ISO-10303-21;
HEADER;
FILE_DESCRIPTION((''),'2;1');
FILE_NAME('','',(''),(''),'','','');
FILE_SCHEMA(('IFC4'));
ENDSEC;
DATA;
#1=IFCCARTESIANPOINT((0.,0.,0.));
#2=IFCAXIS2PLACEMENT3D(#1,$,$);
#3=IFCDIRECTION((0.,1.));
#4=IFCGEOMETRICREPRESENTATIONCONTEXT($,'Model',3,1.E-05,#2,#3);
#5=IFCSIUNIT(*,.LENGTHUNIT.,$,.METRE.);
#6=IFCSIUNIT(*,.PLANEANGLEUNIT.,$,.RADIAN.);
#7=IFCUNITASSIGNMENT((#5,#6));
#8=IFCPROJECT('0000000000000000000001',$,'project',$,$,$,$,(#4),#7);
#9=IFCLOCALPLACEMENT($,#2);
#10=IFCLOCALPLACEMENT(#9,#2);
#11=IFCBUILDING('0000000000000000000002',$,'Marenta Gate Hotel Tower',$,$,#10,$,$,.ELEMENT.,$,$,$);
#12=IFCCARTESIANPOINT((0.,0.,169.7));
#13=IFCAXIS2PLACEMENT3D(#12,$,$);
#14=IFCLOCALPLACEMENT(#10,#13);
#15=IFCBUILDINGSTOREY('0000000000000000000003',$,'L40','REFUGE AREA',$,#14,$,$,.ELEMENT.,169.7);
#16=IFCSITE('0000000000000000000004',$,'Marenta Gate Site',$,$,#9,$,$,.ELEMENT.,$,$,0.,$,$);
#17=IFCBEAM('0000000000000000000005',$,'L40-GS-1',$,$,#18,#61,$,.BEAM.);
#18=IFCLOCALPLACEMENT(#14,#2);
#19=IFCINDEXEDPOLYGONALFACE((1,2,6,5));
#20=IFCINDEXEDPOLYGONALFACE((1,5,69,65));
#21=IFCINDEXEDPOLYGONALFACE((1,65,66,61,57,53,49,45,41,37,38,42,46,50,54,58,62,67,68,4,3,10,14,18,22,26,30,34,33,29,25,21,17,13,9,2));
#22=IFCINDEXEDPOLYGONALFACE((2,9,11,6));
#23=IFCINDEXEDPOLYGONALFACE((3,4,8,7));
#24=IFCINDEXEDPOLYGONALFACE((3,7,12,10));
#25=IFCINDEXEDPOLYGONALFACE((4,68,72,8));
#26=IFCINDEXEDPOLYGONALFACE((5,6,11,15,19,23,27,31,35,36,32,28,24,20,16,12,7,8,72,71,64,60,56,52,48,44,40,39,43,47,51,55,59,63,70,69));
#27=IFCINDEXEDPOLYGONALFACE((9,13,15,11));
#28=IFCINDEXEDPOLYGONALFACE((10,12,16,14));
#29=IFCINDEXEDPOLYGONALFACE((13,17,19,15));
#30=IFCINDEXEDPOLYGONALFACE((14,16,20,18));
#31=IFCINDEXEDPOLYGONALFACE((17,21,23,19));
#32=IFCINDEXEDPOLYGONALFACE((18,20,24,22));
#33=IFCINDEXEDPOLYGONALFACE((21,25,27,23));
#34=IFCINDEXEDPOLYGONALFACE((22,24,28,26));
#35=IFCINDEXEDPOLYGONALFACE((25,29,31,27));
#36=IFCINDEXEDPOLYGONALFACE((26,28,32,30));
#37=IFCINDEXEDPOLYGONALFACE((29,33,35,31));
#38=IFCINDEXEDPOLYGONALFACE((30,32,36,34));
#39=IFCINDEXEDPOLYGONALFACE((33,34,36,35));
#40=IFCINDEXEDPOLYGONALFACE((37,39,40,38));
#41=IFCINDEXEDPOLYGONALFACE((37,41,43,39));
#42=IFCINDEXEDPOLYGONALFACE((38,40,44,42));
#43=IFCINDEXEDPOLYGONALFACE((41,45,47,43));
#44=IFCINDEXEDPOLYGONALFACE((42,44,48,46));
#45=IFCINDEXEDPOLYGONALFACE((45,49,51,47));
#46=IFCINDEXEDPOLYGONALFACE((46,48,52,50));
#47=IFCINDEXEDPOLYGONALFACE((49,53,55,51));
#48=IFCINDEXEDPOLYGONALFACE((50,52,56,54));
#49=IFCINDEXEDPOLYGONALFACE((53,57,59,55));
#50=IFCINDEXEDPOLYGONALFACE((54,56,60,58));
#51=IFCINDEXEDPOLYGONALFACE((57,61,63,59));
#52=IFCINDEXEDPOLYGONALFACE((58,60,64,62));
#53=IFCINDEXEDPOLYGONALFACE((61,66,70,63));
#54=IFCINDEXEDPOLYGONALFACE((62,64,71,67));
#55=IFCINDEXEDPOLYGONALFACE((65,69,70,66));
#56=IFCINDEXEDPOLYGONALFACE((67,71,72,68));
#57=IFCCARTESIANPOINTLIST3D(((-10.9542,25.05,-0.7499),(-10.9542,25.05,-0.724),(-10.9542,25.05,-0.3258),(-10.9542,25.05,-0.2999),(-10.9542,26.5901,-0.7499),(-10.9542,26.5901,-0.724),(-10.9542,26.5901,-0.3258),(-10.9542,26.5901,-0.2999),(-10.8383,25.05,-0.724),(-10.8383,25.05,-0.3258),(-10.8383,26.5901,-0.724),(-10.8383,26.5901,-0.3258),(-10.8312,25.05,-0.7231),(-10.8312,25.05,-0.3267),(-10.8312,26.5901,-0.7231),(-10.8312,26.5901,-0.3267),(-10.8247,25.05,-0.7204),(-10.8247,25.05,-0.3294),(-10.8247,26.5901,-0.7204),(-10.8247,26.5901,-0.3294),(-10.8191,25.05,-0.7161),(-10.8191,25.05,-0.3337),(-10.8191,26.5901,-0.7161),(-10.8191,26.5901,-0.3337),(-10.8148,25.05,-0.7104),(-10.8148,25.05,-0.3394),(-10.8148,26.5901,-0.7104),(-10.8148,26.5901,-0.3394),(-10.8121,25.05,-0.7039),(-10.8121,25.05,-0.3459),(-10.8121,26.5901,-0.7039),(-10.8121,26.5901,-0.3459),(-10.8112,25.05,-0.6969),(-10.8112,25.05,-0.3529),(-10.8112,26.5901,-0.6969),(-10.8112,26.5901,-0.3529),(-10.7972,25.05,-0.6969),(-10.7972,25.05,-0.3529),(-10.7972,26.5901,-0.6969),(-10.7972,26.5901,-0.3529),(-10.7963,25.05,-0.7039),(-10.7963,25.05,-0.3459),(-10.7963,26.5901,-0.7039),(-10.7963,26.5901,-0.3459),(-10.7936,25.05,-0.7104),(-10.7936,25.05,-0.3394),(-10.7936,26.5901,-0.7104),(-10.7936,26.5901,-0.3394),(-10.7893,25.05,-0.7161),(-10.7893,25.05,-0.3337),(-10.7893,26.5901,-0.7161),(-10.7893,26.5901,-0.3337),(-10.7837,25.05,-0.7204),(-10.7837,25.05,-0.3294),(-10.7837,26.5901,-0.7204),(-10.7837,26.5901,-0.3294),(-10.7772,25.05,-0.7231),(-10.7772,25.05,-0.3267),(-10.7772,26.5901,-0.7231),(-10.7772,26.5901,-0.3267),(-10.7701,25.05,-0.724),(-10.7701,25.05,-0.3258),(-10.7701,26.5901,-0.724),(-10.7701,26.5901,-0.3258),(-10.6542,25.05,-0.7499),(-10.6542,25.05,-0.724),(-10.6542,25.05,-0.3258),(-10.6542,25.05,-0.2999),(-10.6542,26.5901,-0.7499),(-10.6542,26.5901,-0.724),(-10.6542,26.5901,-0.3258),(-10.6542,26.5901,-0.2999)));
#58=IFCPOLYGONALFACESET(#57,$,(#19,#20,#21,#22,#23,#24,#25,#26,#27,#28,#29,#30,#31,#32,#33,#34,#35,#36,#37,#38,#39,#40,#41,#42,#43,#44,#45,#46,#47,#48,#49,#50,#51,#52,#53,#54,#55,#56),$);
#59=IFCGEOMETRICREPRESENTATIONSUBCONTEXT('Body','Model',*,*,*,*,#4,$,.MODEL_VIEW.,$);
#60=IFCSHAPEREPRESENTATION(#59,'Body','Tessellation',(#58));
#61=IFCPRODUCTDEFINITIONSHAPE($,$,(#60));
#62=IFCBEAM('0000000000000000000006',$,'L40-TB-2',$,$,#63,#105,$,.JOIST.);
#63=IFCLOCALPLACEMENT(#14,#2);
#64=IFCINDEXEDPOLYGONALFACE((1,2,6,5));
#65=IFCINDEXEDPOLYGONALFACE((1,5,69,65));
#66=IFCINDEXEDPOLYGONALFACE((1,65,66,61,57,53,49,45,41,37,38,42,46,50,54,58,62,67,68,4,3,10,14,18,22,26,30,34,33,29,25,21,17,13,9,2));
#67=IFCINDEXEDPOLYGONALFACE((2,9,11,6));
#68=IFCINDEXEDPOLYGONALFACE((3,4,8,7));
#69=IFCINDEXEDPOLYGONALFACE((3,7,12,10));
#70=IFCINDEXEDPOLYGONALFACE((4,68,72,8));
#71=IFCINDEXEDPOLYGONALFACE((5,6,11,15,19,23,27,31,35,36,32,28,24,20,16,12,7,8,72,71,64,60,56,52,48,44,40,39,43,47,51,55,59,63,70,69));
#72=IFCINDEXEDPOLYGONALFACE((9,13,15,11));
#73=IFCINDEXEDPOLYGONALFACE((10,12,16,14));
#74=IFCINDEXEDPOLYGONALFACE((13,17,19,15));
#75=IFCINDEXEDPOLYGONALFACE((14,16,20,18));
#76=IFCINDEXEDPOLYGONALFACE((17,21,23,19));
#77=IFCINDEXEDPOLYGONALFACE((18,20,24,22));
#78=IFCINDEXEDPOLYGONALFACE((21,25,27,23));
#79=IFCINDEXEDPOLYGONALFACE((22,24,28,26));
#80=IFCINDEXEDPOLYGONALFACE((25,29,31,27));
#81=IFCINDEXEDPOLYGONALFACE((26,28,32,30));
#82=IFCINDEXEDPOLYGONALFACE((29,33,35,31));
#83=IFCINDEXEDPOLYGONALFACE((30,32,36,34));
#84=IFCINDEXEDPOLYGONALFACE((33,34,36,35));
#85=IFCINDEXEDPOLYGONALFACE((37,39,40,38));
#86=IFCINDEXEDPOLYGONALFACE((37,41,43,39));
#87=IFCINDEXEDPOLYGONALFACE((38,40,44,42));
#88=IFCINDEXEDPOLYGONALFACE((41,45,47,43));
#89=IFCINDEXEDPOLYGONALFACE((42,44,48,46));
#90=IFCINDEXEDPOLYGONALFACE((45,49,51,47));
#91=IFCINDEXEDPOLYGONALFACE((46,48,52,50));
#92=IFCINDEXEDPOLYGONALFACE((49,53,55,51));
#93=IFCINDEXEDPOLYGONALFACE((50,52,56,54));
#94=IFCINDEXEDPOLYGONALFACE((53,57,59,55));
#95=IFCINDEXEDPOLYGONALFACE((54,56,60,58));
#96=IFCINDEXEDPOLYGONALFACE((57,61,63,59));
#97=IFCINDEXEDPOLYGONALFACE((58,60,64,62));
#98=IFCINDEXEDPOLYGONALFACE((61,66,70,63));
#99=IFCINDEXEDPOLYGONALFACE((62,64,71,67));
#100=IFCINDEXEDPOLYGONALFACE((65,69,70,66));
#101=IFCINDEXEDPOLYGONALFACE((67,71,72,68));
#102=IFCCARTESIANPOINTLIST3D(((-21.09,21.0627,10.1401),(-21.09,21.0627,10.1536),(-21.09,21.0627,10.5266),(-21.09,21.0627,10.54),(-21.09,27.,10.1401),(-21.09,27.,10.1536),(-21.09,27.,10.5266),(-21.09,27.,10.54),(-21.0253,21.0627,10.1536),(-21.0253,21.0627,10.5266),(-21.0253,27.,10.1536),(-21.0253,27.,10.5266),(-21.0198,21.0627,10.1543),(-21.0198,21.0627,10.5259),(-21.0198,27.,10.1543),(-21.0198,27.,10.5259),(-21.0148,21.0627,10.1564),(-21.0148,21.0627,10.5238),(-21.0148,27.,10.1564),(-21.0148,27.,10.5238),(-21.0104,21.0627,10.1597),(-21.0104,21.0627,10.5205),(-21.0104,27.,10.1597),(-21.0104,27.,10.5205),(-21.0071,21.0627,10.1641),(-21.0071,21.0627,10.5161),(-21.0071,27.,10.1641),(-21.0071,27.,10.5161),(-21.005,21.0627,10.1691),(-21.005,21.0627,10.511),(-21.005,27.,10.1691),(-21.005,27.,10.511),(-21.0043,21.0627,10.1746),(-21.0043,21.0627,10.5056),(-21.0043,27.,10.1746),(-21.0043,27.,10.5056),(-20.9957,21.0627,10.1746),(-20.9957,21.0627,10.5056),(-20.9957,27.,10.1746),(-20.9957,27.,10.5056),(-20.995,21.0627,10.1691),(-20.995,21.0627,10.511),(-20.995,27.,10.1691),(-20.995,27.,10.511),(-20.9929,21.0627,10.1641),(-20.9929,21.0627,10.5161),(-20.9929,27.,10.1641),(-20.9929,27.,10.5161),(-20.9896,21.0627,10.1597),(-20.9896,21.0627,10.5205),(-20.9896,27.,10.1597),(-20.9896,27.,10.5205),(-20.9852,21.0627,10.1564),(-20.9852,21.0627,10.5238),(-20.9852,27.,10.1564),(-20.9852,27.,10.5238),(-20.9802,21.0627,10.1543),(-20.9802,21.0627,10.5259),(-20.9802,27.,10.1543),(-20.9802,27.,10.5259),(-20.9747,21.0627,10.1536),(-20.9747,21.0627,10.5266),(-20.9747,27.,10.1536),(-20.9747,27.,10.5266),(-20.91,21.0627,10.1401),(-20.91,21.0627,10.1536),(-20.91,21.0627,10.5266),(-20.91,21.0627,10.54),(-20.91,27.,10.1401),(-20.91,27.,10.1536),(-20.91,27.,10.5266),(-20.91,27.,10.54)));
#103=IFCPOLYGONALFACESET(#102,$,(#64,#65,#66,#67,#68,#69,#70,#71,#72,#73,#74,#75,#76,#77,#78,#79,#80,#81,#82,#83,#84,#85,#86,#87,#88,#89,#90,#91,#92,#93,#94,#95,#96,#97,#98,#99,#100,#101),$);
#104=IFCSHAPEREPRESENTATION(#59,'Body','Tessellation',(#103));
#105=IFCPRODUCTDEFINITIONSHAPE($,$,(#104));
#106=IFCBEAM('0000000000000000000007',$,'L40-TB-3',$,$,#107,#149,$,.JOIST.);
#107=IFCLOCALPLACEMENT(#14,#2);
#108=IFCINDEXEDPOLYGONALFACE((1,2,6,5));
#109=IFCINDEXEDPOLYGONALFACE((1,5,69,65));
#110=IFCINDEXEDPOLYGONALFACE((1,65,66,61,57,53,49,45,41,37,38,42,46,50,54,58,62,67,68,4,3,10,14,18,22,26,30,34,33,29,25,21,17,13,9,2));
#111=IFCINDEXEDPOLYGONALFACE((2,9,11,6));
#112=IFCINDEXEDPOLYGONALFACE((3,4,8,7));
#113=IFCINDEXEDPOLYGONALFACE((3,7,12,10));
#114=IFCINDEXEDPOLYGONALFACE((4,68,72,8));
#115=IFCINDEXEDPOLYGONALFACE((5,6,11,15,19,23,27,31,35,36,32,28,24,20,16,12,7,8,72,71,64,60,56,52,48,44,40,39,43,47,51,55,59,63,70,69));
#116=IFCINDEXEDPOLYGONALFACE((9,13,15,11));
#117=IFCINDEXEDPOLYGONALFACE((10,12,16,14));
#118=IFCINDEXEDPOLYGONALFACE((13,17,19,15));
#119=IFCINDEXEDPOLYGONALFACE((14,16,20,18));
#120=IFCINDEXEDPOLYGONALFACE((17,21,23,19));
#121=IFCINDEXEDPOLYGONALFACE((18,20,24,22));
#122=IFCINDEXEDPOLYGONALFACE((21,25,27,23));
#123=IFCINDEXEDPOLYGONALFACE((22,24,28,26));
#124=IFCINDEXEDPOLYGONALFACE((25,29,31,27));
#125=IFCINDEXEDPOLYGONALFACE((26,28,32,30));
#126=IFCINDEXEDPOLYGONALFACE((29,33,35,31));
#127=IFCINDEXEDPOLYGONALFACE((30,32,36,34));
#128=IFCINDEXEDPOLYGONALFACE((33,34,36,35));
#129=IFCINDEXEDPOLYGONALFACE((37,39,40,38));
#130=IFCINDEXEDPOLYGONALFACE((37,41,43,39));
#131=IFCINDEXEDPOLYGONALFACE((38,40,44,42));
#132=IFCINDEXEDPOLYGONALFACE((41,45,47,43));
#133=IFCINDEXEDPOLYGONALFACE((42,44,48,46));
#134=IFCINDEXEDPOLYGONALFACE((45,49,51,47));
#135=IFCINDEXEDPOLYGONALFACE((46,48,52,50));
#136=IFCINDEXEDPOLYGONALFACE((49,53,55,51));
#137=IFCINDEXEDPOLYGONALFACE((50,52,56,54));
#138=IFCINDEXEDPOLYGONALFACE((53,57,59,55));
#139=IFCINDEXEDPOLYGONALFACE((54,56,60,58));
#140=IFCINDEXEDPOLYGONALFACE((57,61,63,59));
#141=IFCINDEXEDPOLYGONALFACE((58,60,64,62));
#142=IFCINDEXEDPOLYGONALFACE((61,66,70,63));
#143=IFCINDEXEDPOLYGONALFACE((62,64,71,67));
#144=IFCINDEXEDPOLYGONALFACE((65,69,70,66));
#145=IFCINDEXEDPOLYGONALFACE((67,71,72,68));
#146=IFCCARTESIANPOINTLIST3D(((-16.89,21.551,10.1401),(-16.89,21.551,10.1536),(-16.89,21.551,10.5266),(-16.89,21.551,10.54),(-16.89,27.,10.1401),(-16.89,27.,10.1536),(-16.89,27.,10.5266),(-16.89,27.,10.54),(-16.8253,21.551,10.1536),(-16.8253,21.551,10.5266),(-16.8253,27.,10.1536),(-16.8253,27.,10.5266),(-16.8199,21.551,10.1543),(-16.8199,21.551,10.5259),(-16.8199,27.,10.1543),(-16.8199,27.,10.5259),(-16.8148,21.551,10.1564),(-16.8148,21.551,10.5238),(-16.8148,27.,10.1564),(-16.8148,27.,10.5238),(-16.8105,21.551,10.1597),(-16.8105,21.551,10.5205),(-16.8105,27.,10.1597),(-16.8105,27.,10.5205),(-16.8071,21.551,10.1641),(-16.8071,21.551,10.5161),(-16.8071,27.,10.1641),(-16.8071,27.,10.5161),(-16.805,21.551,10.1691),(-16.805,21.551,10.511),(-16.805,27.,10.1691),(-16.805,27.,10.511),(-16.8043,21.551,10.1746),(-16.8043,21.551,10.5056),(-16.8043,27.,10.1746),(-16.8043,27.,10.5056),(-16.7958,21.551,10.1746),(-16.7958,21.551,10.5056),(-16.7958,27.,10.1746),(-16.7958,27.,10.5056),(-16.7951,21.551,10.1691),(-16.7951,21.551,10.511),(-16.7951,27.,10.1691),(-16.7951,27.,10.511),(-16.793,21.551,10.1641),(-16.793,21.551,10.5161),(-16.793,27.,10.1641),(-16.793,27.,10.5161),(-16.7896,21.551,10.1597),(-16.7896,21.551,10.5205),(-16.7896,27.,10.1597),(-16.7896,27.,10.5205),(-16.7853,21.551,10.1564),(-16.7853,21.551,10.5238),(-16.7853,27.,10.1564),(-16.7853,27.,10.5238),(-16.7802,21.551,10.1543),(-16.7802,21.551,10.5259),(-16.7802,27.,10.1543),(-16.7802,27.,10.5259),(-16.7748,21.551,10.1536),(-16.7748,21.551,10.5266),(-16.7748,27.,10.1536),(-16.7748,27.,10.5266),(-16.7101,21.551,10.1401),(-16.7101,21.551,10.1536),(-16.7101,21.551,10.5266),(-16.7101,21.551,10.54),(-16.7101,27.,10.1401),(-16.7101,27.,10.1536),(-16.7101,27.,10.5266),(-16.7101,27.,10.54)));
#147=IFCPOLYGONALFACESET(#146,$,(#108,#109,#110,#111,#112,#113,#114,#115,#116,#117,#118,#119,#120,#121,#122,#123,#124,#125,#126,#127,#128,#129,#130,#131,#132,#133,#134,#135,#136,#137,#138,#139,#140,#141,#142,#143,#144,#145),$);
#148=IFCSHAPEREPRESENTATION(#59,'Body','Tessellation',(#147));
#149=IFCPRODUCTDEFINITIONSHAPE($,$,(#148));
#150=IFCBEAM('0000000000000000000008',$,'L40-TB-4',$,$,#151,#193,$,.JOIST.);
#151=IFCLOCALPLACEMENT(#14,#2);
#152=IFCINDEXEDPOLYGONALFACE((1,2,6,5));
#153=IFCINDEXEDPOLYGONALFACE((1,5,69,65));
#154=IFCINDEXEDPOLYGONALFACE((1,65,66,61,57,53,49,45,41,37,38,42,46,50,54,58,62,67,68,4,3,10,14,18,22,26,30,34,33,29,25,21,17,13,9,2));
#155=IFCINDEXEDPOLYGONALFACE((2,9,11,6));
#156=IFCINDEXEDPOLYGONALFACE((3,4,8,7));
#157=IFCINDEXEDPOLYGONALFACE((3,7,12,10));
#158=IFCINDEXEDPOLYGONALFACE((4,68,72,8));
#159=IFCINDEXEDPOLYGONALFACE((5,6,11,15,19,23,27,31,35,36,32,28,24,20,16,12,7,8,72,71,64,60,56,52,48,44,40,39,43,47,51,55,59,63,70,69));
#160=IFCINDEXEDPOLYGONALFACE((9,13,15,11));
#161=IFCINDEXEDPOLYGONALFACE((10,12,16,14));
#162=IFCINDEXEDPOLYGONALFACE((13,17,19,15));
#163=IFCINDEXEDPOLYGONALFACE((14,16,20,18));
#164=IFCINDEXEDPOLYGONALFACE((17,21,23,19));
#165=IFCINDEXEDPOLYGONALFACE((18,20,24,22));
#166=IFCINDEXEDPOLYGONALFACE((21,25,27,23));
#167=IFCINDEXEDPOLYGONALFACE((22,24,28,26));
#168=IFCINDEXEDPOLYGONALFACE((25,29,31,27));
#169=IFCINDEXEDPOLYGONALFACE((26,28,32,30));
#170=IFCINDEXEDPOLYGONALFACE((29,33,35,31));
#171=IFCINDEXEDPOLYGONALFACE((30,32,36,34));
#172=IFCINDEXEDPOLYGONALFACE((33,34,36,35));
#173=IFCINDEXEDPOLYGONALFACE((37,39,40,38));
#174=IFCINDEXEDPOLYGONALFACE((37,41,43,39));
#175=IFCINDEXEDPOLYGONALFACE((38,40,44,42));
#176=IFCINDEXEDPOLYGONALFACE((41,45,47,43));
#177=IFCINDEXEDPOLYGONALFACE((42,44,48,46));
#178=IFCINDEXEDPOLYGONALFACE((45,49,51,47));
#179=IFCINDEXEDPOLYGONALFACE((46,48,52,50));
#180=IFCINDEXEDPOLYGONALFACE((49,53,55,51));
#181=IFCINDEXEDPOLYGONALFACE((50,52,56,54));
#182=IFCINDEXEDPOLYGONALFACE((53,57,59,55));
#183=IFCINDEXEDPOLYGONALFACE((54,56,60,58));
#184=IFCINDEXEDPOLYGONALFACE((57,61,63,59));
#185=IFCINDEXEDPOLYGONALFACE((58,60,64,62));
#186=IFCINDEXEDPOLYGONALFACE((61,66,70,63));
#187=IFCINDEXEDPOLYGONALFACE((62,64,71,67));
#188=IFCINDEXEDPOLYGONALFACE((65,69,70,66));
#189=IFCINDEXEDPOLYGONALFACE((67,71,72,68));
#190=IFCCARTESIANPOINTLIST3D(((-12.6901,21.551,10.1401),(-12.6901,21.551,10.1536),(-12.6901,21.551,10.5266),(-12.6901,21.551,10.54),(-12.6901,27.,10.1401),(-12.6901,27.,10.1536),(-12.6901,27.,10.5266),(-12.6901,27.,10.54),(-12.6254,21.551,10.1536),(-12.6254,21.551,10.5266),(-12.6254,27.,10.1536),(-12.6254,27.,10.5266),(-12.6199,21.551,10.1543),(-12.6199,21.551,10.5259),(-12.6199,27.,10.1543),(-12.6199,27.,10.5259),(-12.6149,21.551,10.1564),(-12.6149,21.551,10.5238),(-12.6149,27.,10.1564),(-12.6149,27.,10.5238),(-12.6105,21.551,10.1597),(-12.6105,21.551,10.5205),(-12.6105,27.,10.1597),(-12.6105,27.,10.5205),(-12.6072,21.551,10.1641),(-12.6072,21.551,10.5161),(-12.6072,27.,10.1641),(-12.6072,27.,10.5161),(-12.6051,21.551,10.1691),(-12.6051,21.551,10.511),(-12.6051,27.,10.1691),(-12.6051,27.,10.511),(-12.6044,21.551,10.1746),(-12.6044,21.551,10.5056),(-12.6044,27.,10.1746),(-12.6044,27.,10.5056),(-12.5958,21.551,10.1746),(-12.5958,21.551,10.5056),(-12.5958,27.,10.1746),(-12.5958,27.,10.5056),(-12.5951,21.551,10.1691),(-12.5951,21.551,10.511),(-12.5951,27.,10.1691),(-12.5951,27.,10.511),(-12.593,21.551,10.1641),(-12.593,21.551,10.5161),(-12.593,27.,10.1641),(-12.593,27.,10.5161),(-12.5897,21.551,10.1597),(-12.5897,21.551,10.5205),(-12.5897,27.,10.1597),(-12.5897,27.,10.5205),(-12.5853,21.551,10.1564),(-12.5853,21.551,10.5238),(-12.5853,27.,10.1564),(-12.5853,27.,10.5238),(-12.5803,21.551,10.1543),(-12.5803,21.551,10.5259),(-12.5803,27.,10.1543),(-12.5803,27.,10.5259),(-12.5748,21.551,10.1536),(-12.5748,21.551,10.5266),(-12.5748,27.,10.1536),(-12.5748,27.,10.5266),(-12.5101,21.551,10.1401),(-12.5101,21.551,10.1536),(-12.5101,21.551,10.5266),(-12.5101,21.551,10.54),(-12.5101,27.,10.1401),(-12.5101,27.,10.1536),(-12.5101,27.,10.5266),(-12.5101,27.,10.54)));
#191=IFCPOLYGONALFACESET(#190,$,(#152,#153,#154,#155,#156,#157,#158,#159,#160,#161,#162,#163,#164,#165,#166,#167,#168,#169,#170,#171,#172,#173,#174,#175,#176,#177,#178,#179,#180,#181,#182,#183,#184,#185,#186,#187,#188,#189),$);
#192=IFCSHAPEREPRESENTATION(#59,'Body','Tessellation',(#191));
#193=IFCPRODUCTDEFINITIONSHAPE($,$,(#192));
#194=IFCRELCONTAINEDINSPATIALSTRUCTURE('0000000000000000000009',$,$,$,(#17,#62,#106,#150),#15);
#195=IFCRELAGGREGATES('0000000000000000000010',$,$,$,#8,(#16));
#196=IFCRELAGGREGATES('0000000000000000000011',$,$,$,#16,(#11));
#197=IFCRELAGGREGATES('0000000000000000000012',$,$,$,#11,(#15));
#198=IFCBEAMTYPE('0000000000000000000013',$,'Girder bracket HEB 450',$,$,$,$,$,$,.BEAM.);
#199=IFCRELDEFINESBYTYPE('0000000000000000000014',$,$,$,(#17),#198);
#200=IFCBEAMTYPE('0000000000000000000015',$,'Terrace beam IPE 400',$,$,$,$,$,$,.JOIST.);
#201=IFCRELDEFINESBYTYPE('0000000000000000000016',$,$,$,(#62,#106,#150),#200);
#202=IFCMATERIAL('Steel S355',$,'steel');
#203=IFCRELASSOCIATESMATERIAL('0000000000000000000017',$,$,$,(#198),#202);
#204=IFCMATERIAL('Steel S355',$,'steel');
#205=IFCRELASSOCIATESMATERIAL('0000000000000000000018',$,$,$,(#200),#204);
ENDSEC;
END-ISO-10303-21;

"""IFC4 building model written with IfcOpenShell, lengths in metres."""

from ifc_helpers import new_model, si_unit, direction, frame, origin, origin_2d, place, context, subcontext, project, spatial, i_section, extrude, material, material_profile, profile_set, type_object, element, save


model = new_model("IFC4")

# Units and contexts
model_context = context("Model", 3, precision=1e-05, world=origin(), true_north=direction((0.0, 1.0)))
body_context = subcontext(model_context, "Body", "Model", "MODEL_VIEW")
ifc_project = project(units=[si_unit("LENGTHUNIT", "METRE"), si_unit("PLANEANGLEUNIT", "RADIAN")], contexts=[model_context])

# Site, building, storey
site_placement = place(None, origin())
site = spatial("IfcSite", under=ifc_project, at=site_placement, Name="Marenta Gate Site", CompositionType="ELEMENT", RefElevation=0.0)
building_placement = place(site_placement, origin())
building = spatial("IfcBuilding", under=site, at=building_placement, Name="Marenta Gate Hotel Tower", CompositionType="ELEMENT")
storey_placement = place(building_placement, frame((0.0, 0.0, 169.7)))
storey = spatial("IfcBuildingStorey", under=building, at=storey_placement, Name="L40", Description="REFUGE AREA", CompositionType="ELEMENT", Elevation=169.7)

# Beams
ifc_material_1 = material(Name="Steel S355", Category="steel")
ifc_material_profile_1 = material_profile(ifc_material_1, i_section(OverallWidth=0.3, OverallDepth=0.45, WebThickness=0.0139, FlangeThickness=0.0259, FilletRadius=0.0271, at=origin_2d()), Name="HEB 450")
ifc_profile_set_1 = profile_set([ifc_material_profile_1], Name="Steel S355")
beam_type_1 = type_object("IfcBeamType", Name="Girder bracket HEB 450", PredefinedType="BEAM", material=ifc_profile_set_1)
beam_1_placement = place(storey_placement, frame((-10.8042, 25.05, -0.5249), z_axis=(0.0, 1.0, 0.0), x_axis=(-1.0, 0.0, 0.0)))
element("IfcBeam", 1, at=beam_1_placement, inside=storey, type_object=beam_type_1, Name="L40-GS-1", PredefinedType="BEAM", context=body_context, shape_type="SweptSolid", body=[
    extrude(i_section(OverallWidth=0.3, OverallDepth=0.45, WebThickness=0.0139, FlangeThickness=0.0259, FilletRadius=0.0271, at=origin_2d()), origin(), (0.0, 0.0, 1.0), 1.54),
])
ifc_material_2 = material(Name="Steel S355", Category="steel")
ifc_material_profile_2 = material_profile(ifc_material_2, i_section(OverallWidth=0.1799, OverallDepth=0.3999, WebThickness=0.0085, FlangeThickness=0.0134, FilletRadius=0.021, at=origin_2d()), Name="IPE 400")
ifc_profile_set_2 = profile_set([ifc_material_profile_2], Name="Steel S355")
beam_type_2 = type_object("IfcBeamType", Name="Terrace beam IPE 400", PredefinedType="JOIST", material=ifc_profile_set_2)
beam_2_placement = place(storey_placement, frame((-21.0, 21.0627, 10.3401), z_axis=(0.0, 1.0, 0.0), x_axis=(-1.0, 0.0, 0.0)))
element("IfcBeam", 2, at=beam_2_placement, inside=storey, type_object=beam_type_2, Name="L40-TB-2", PredefinedType="JOIST", context=body_context, shape_type="SweptSolid", body=[
    extrude(i_section(OverallWidth=0.1799, OverallDepth=0.3999, WebThickness=0.0085, FlangeThickness=0.0134, FilletRadius=0.021, at=origin_2d()), origin(), (0.0, 0.0, 1.0), 5.9373),
])
for number, where, z_axis, x_axis, name in (
    (3, (-16.8, 21.551, 10.3401), (0.0, 1.0, 0.0), (-1.0, 0.0, 0.0), "L40-TB-3"),
    (4, (-12.6001, 21.551, 10.3401), (0.0, 1.0, 0.0), (-1.0, 0.0, 0.0), "L40-TB-4"),
):
    element("IfcBeam", number, at=place(storey_placement, frame(where, z_axis=z_axis, x_axis=x_axis)), inside=storey, type_object=beam_type_2, Name=name, PredefinedType="JOIST", context=body_context, shape_type="SweptSolid", body=[
        extrude(i_section(OverallWidth=0.1799, OverallDepth=0.3999, WebThickness=0.0085, FlangeThickness=0.0134, FilletRadius=0.021, at=origin_2d()), origin(), (0.0, 0.0, 1.0), 5.449),
    ])

save(model, "model.ifc")
